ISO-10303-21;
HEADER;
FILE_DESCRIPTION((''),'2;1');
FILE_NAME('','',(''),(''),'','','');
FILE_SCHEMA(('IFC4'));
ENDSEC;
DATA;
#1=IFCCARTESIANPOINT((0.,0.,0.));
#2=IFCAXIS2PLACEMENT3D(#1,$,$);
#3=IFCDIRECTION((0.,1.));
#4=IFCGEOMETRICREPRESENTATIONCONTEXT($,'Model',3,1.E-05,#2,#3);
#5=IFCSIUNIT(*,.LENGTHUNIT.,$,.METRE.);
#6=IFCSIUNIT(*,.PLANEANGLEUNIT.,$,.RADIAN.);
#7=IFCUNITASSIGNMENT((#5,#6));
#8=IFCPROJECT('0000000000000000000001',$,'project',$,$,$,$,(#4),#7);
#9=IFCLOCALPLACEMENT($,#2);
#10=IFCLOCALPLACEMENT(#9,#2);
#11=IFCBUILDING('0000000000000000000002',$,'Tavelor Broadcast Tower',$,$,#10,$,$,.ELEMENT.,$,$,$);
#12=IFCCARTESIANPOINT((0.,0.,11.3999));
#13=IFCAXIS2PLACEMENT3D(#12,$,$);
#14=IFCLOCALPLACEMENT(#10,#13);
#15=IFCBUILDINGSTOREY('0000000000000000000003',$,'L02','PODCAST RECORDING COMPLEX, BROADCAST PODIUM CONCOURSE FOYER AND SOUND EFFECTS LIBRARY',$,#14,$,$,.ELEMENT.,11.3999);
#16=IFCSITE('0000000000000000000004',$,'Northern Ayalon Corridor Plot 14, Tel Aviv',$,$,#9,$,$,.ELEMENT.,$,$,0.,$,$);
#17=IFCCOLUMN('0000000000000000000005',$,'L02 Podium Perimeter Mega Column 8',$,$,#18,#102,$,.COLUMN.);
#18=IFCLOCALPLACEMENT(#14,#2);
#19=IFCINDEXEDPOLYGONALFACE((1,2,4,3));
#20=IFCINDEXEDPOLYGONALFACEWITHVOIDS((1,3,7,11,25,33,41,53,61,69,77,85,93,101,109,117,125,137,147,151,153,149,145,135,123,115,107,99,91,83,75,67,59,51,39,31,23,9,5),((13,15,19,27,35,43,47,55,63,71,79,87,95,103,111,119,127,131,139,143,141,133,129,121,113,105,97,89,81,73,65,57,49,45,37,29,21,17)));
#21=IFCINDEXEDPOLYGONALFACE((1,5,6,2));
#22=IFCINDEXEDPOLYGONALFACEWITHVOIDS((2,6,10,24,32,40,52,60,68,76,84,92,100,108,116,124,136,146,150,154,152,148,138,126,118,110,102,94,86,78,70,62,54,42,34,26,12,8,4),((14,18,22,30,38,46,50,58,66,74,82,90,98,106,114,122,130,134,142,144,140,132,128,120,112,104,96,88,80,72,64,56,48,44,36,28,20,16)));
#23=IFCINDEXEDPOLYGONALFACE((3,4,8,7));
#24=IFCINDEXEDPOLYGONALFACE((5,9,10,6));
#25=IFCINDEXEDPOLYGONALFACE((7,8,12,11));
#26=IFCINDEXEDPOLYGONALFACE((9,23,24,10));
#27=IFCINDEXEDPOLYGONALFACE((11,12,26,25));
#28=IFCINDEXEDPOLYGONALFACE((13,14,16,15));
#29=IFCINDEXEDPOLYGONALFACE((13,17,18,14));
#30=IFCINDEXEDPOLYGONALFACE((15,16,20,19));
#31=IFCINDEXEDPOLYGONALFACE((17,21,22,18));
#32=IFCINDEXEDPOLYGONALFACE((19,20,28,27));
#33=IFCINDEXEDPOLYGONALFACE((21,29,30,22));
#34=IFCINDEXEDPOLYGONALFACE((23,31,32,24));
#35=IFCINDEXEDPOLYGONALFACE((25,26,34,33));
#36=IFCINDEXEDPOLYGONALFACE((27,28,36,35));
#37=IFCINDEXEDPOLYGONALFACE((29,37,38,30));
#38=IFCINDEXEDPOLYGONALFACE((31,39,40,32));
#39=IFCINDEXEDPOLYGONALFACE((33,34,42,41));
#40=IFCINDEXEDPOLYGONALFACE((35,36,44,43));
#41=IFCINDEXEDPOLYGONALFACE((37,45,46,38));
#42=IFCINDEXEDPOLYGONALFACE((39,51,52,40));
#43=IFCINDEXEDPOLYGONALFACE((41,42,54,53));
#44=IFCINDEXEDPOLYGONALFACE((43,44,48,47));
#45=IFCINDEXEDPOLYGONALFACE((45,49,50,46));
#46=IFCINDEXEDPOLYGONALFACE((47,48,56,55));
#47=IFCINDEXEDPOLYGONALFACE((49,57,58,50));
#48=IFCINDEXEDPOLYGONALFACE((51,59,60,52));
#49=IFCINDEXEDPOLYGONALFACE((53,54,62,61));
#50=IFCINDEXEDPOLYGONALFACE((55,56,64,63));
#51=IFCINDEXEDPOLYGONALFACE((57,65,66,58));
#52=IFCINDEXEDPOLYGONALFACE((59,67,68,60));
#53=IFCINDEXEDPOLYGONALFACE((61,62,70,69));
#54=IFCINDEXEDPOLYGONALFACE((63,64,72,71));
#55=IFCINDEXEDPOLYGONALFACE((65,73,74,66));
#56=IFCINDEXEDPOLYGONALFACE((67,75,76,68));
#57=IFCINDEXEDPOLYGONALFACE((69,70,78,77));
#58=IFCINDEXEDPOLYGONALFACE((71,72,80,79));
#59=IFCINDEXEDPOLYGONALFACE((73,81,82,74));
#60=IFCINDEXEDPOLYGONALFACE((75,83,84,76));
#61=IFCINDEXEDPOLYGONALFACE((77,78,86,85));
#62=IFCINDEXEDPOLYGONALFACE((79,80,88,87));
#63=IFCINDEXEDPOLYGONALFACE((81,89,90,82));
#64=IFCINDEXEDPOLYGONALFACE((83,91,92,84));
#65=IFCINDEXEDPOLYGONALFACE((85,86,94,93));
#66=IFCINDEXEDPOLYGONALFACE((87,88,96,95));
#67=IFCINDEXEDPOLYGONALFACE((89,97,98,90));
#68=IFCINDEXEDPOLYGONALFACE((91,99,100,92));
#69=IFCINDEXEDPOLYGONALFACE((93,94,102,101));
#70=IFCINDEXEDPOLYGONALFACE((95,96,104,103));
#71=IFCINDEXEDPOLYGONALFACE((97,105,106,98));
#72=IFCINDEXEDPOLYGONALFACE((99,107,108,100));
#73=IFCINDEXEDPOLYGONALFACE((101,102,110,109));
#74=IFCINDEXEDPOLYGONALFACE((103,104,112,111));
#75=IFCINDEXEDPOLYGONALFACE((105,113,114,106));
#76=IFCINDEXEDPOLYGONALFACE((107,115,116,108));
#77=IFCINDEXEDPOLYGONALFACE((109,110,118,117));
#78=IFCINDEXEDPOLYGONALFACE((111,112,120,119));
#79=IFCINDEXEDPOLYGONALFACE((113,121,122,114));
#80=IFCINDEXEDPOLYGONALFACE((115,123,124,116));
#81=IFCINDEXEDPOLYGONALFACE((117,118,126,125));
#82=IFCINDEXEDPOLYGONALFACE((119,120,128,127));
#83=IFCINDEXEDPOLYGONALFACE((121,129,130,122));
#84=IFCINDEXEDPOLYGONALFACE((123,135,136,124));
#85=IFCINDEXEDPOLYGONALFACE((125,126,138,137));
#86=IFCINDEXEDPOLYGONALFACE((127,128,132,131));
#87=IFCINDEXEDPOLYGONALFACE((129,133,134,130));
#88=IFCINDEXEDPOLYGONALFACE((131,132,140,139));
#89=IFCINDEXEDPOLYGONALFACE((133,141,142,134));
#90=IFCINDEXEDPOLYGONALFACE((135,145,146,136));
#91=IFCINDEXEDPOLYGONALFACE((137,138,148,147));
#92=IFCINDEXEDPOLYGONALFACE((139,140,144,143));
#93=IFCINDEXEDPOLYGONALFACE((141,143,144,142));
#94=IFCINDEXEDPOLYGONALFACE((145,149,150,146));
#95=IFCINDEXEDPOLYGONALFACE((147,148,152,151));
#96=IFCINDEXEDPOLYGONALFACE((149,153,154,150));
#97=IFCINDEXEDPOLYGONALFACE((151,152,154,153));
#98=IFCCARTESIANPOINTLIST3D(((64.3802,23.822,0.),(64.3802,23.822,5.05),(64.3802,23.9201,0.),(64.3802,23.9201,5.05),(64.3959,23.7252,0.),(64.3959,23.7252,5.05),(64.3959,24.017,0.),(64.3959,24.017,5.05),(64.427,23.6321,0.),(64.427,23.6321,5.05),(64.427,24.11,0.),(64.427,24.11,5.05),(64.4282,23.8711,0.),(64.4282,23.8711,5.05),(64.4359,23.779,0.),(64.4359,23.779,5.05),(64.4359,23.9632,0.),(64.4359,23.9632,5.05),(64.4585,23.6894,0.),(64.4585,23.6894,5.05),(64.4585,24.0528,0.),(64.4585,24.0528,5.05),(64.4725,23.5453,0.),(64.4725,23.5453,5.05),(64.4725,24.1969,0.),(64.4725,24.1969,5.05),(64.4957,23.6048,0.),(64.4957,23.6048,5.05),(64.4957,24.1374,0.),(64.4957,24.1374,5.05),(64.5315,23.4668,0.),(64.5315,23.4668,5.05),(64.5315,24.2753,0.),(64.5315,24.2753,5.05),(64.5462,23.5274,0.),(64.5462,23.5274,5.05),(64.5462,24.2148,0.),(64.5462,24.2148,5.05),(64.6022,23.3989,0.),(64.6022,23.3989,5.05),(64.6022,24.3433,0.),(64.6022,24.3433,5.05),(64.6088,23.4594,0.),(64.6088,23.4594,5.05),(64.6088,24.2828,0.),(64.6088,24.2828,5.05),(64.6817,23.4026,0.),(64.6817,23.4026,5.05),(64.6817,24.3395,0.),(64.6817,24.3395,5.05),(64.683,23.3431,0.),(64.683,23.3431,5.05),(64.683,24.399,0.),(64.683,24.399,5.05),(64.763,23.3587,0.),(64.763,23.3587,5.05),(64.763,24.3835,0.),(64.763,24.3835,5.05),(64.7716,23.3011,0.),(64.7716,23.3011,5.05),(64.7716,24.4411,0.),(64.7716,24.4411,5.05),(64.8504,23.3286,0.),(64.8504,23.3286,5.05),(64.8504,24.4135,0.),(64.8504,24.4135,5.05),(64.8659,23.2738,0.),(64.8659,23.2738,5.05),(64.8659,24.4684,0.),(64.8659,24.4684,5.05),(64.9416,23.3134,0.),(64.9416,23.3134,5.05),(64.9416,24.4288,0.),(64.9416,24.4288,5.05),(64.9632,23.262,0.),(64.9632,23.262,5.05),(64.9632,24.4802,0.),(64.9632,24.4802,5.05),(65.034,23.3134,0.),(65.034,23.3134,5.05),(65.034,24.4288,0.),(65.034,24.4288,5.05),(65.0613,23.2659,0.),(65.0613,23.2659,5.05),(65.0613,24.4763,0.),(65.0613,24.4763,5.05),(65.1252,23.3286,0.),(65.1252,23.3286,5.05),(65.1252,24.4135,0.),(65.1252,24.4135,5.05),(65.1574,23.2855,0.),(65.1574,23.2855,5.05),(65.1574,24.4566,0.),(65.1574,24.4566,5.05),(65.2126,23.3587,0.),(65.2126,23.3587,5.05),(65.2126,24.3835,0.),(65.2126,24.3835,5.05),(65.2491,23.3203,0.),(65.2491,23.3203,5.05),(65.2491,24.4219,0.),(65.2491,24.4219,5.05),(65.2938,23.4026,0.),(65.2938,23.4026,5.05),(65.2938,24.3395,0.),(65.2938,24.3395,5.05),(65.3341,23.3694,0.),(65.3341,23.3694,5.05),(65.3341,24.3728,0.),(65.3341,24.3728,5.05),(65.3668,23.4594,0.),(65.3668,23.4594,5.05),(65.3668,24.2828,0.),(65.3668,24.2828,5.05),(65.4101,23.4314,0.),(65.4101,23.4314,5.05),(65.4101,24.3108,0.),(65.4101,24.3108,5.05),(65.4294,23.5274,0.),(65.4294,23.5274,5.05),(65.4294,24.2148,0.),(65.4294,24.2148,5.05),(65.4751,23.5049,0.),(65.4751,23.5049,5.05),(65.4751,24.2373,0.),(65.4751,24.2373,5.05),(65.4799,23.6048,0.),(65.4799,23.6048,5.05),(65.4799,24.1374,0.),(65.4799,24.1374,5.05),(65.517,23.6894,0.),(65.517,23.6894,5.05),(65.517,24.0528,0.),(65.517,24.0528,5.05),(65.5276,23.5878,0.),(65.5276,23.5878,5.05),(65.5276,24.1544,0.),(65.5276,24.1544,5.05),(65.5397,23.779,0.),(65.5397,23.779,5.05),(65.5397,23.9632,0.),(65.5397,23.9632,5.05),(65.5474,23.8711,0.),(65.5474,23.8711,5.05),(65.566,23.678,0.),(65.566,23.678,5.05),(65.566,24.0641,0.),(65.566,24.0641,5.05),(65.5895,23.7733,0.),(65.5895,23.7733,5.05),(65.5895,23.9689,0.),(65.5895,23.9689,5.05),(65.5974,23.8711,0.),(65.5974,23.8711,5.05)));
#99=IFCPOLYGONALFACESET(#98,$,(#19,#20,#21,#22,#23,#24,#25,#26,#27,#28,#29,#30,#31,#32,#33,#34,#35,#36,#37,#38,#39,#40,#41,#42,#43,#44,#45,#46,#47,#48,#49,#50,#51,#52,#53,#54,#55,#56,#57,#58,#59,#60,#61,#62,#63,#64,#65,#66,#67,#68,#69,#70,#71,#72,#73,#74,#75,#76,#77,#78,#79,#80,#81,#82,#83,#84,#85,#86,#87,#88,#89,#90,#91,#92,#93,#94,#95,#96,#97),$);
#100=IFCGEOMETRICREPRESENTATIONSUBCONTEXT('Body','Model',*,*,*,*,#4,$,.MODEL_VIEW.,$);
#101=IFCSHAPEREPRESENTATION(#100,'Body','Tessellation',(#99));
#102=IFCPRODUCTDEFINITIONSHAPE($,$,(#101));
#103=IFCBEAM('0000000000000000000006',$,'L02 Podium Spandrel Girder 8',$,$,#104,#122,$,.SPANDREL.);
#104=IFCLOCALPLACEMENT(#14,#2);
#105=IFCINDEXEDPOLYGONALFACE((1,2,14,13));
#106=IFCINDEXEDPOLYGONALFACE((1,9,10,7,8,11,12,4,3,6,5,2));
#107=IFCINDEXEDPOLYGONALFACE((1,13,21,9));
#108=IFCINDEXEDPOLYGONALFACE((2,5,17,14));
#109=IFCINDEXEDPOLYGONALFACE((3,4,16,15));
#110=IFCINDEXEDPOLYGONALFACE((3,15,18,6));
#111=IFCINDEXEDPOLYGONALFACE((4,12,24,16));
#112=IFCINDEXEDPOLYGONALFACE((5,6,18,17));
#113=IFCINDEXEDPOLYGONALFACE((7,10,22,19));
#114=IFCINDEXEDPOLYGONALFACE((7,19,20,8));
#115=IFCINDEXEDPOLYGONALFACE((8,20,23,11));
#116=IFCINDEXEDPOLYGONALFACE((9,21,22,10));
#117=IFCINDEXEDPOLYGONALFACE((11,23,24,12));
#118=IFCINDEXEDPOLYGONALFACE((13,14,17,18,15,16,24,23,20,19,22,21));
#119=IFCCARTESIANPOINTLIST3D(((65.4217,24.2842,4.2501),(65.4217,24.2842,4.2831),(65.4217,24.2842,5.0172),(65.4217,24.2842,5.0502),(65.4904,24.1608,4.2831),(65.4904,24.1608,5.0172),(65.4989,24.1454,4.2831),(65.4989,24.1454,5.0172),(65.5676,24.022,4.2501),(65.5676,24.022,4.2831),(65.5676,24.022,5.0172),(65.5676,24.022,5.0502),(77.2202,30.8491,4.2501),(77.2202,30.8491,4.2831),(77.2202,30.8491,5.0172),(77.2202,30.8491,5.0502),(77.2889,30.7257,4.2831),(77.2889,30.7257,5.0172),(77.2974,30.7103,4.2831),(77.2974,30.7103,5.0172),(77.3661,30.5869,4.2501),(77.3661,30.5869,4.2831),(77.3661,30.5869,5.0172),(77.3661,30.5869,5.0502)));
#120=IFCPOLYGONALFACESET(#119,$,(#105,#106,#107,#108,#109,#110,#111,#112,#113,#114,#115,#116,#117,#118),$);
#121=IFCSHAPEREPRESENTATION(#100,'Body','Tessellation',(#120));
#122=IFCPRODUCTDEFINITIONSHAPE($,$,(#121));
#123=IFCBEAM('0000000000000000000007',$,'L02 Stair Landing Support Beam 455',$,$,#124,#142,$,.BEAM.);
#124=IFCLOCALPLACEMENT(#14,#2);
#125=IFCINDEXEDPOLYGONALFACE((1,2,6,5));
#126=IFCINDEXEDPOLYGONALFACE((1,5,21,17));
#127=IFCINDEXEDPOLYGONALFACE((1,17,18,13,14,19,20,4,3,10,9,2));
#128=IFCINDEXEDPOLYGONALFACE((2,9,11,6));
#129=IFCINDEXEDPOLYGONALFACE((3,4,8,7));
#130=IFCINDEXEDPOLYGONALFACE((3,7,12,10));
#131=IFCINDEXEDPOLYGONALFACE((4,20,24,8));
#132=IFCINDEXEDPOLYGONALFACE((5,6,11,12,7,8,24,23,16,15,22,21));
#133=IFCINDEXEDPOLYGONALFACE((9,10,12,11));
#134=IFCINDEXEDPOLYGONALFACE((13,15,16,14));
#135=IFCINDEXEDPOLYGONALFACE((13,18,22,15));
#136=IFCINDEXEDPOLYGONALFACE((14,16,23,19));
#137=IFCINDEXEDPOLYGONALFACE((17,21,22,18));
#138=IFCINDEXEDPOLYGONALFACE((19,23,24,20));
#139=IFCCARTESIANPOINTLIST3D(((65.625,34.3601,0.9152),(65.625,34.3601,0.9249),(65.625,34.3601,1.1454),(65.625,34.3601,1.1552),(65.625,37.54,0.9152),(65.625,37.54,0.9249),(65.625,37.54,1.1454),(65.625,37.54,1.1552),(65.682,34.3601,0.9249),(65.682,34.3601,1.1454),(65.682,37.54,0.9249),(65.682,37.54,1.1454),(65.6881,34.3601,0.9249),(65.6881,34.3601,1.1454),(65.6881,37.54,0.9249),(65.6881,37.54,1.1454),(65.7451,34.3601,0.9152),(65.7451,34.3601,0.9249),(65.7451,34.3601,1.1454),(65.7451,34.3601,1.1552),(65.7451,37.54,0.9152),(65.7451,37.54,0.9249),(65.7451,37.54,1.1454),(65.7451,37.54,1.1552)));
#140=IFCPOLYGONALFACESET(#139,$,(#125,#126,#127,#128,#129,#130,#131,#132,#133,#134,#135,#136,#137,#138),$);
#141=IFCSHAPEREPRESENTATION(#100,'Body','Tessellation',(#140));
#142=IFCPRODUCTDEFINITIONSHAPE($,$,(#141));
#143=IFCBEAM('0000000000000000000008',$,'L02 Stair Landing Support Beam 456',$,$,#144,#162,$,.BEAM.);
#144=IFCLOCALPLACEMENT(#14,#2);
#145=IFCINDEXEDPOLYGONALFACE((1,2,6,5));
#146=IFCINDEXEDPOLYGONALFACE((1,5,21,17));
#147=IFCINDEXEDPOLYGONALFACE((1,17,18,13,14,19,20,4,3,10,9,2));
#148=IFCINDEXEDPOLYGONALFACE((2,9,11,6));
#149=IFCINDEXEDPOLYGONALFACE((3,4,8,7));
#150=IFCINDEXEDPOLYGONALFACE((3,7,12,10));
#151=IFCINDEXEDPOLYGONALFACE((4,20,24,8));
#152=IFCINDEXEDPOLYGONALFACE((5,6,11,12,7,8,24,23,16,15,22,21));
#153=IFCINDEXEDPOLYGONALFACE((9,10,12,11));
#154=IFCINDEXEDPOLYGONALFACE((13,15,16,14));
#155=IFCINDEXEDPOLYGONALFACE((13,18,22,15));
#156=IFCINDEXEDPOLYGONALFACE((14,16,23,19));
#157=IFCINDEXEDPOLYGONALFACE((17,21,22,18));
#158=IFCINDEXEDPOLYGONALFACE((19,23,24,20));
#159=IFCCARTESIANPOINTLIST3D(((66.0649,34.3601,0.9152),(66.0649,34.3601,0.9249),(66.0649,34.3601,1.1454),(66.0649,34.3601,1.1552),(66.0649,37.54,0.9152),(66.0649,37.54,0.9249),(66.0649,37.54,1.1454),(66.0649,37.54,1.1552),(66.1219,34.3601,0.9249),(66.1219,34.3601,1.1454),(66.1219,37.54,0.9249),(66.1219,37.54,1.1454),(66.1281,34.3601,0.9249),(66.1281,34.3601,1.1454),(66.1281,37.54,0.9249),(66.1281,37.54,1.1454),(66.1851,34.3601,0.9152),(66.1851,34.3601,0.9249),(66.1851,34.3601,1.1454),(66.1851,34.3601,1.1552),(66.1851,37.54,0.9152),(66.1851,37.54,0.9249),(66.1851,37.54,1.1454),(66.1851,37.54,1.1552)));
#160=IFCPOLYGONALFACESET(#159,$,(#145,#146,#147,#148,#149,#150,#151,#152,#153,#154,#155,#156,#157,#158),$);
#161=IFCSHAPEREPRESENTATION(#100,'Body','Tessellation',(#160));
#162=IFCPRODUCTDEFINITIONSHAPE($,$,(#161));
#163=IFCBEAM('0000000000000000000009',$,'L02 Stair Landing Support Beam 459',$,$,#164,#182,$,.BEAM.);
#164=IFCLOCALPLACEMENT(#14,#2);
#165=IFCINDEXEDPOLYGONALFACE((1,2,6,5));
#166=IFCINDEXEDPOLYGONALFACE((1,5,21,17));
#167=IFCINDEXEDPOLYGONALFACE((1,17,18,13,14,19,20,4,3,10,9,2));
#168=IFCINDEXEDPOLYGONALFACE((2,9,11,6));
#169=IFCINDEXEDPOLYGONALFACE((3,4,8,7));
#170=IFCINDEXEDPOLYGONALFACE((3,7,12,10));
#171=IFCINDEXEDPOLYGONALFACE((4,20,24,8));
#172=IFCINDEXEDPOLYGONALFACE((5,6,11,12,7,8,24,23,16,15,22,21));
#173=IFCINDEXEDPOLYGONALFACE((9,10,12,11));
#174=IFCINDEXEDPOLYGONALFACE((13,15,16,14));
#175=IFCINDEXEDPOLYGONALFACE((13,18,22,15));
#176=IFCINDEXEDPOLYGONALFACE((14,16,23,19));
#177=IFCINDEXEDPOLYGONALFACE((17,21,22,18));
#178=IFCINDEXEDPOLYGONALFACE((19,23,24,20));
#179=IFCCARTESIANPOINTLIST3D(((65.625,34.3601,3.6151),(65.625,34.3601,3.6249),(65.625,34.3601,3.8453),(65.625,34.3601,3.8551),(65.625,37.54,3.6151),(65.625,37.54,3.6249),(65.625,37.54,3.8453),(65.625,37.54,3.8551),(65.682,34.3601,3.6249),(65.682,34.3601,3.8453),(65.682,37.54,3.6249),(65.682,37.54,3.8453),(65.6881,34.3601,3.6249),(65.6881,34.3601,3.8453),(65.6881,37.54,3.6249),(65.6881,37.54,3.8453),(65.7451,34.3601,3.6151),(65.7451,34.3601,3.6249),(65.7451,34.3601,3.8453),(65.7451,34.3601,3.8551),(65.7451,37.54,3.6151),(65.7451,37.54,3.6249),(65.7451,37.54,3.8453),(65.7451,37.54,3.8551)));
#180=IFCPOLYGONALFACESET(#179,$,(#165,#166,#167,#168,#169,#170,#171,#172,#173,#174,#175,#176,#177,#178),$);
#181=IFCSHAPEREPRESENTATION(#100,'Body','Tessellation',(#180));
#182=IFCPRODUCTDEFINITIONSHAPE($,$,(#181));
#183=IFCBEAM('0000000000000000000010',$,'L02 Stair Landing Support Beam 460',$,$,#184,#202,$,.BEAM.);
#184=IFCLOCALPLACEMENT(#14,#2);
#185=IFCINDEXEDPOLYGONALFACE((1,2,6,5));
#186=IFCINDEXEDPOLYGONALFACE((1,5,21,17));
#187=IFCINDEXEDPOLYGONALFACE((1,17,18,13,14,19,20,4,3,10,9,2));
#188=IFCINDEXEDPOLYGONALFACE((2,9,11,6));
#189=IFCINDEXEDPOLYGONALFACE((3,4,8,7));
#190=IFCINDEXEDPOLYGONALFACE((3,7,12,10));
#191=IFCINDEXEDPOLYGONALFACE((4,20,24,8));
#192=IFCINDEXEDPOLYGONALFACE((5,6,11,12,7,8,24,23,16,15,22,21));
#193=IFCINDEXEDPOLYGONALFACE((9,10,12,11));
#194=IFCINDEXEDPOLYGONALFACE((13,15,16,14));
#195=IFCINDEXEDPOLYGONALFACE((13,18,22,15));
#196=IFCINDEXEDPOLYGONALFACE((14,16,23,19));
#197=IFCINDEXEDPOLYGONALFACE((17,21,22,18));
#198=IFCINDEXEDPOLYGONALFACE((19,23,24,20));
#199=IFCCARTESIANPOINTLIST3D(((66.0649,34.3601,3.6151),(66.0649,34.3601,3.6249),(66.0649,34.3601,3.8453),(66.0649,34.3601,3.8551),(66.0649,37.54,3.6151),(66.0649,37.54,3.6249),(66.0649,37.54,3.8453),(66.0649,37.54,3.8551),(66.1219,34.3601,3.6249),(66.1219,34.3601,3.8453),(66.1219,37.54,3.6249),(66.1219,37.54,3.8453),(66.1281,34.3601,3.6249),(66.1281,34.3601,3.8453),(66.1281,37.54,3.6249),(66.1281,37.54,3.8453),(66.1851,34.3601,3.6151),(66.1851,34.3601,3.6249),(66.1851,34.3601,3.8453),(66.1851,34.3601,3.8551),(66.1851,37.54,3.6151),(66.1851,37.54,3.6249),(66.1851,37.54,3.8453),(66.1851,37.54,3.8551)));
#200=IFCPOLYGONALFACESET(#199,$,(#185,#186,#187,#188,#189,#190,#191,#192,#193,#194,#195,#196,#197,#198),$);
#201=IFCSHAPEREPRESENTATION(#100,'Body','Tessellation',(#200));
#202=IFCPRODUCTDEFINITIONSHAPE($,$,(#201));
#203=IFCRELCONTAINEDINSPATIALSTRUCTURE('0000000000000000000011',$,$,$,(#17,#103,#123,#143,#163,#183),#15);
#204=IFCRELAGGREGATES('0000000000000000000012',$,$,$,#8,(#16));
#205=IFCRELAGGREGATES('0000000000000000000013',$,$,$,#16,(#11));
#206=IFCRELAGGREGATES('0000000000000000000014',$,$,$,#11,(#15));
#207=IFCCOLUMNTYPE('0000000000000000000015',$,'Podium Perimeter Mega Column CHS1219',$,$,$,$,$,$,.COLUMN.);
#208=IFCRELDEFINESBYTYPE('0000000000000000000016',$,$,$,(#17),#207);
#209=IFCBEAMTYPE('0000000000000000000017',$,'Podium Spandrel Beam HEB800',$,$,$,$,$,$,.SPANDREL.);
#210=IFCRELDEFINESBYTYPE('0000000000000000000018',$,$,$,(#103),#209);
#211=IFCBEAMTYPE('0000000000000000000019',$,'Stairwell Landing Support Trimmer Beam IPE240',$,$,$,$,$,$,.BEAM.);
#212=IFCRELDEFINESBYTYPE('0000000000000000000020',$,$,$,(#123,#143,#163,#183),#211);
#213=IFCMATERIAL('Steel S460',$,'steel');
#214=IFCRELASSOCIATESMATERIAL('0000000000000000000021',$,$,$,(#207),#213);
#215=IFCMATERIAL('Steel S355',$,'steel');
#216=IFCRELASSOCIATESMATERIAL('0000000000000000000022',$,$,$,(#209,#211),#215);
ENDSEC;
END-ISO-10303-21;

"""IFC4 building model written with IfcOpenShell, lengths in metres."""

from ifc_helpers import new_model, si_unit, direction, frame, origin, origin_2d, place, context, subcontext, project, spatial, hollow_circle, i_section, extrude, material, material_profile, profile_set, type_object, element, save


model = new_model("IFC4")

# Units and contexts
model_context = context("Model", 3, precision=1e-05, world=origin(), true_north=direction((0.0, 1.0)))
body_context = subcontext(model_context, "Body", "Model", "MODEL_VIEW")
ifc_project = project(units=[si_unit("LENGTHUNIT", "METRE"), si_unit("PLANEANGLEUNIT", "RADIAN")], contexts=[model_context])

# Site, building, storey
site_placement = place(None, origin())
site = spatial("IfcSite", under=ifc_project, at=site_placement, Name="Northern Ayalon Corridor Plot 14, Tel Aviv", CompositionType="ELEMENT", RefElevation=0.0)
building_placement = place(site_placement, origin())
building = spatial("IfcBuilding", under=site, at=building_placement, Name="Tavelor Broadcast Tower", CompositionType="ELEMENT")
storey_placement = place(building_placement, frame((0.0, 0.0, 11.3999)))
storey = spatial("IfcBuildingStorey", under=building, at=storey_placement, Name="L02", Description="PODCAST RECORDING COMPLEX, BROADCAST PODIUM CONCOURSE FOYER AND SOUND EFFECTS LIBRARY", CompositionType="ELEMENT", Elevation=11.3999)

# Column
ifc_material_1 = material(Name="Steel S460", Category="steel")
ifc_material_profile_1 = material_profile(ifc_material_1, hollow_circle(Radius=0.6096, WallThickness=0.05, at=origin_2d()), Name="CHS 1219x50")
ifc_profile_set_1 = profile_set([ifc_material_profile_1], Name="Steel S460")
column_type = type_object("IfcColumnType", Name="Podium Perimeter Mega Column CHS1219", PredefinedType="COLUMN", material=ifc_profile_set_1)
column_placement = place(storey_placement, frame((64.9878, 23.8711, 0.0), z_axis=(0.0, 0.0, 1.0), x_axis=(1.0, 0.0, 0.0)))
element("IfcColumn", 1, at=column_placement, inside=storey, type_object=column_type, Name="L02 Podium Perimeter Mega Column 8", PredefinedType="COLUMN", context=body_context, shape_type="SweptSolid", body=[
    extrude(hollow_circle(Radius=0.6096, WallThickness=0.05, at=origin_2d()), origin(), (0.0, 0.0, 1.0), 5.05),
])

# Beams
ifc_material_2 = material(Name="Steel S355", Category="steel")
ifc_material_profile_2 = material_profile(ifc_material_2, i_section(OverallWidth=0.3, OverallDepth=0.8, WebThickness=0.0176, FlangeThickness=0.033, at=origin_2d()), Name="HEB 800")
ifc_profile_set_2 = profile_set([ifc_material_profile_2], Name="Steel S355")
beam_type_1 = type_object("IfcBeamType", Name="Podium Spandrel Beam HEB800", PredefinedType="SPANDREL", material=ifc_profile_set_2)
beam_placement = place(storey_placement, frame((65.4946, 24.1531, 4.6501), z_axis=(0.873837, 0.486219, 0.0), x_axis=(-0.486219, 0.873837, 0.0)))
element("IfcBeam", 2, at=beam_placement, inside=storey, type_object=beam_type_1, Name="L02 Podium Spandrel Girder 8", PredefinedType="SPANDREL", context=body_context, shape_type="SweptSolid", body=[
    extrude(i_section(OverallWidth=0.3, OverallDepth=0.8, WebThickness=0.0176, FlangeThickness=0.033, at=origin_2d()), origin(), (0.0, 0.0, 1.0), 13.502),
])
ifc_material_profile_3 = material_profile(ifc_material_2, i_section(OverallWidth=0.1201, OverallDepth=0.24, WebThickness=0.0061, FlangeThickness=0.0098, at=origin_2d()), Name="IPE 240")
ifc_profile_set_3 = profile_set([ifc_material_profile_3], Name="Steel S355")
beam_type_2 = type_object("IfcBeamType", Name="Stairwell Landing Support Trimmer Beam IPE240", PredefinedType="BEAM", material=ifc_profile_set_3)
for number, where, z_axis, x_axis, name in (
    (3, (65.6851, 34.3601, 1.0352), (0.0, 1.0, 0.0), (-1.0, 0.0, 0.0), "L02 Stair Landing Support Beam 455"),
    (4, (66.125, 34.3601, 1.0352), (0.0, 1.0, 0.0), (-1.0, 0.0, 0.0), "L02 Stair Landing Support Beam 456"),
    (5, (65.6851, 34.3601, 3.7351), (0.0, 1.0, 0.0), (-1.0, 0.0, 0.0), "L02 Stair Landing Support Beam 459"),
    (6, (66.125, 34.3601, 3.7351), (0.0, 1.0, 0.0), (-1.0, 0.0, 0.0), "L02 Stair Landing Support Beam 460"),
):
    element("IfcBeam", number, at=place(storey_placement, frame(where, z_axis=z_axis, x_axis=x_axis)), inside=storey, type_object=beam_type_2, Name=name, PredefinedType="BEAM", context=body_context, shape_type="SweptSolid", body=[
        extrude(i_section(OverallWidth=0.1201, OverallDepth=0.24, WebThickness=0.0061, FlangeThickness=0.0098, at=origin_2d()), origin(), (0.0, 0.0, 1.0), 3.1799),
    ])

save(model, "model.ifc")
